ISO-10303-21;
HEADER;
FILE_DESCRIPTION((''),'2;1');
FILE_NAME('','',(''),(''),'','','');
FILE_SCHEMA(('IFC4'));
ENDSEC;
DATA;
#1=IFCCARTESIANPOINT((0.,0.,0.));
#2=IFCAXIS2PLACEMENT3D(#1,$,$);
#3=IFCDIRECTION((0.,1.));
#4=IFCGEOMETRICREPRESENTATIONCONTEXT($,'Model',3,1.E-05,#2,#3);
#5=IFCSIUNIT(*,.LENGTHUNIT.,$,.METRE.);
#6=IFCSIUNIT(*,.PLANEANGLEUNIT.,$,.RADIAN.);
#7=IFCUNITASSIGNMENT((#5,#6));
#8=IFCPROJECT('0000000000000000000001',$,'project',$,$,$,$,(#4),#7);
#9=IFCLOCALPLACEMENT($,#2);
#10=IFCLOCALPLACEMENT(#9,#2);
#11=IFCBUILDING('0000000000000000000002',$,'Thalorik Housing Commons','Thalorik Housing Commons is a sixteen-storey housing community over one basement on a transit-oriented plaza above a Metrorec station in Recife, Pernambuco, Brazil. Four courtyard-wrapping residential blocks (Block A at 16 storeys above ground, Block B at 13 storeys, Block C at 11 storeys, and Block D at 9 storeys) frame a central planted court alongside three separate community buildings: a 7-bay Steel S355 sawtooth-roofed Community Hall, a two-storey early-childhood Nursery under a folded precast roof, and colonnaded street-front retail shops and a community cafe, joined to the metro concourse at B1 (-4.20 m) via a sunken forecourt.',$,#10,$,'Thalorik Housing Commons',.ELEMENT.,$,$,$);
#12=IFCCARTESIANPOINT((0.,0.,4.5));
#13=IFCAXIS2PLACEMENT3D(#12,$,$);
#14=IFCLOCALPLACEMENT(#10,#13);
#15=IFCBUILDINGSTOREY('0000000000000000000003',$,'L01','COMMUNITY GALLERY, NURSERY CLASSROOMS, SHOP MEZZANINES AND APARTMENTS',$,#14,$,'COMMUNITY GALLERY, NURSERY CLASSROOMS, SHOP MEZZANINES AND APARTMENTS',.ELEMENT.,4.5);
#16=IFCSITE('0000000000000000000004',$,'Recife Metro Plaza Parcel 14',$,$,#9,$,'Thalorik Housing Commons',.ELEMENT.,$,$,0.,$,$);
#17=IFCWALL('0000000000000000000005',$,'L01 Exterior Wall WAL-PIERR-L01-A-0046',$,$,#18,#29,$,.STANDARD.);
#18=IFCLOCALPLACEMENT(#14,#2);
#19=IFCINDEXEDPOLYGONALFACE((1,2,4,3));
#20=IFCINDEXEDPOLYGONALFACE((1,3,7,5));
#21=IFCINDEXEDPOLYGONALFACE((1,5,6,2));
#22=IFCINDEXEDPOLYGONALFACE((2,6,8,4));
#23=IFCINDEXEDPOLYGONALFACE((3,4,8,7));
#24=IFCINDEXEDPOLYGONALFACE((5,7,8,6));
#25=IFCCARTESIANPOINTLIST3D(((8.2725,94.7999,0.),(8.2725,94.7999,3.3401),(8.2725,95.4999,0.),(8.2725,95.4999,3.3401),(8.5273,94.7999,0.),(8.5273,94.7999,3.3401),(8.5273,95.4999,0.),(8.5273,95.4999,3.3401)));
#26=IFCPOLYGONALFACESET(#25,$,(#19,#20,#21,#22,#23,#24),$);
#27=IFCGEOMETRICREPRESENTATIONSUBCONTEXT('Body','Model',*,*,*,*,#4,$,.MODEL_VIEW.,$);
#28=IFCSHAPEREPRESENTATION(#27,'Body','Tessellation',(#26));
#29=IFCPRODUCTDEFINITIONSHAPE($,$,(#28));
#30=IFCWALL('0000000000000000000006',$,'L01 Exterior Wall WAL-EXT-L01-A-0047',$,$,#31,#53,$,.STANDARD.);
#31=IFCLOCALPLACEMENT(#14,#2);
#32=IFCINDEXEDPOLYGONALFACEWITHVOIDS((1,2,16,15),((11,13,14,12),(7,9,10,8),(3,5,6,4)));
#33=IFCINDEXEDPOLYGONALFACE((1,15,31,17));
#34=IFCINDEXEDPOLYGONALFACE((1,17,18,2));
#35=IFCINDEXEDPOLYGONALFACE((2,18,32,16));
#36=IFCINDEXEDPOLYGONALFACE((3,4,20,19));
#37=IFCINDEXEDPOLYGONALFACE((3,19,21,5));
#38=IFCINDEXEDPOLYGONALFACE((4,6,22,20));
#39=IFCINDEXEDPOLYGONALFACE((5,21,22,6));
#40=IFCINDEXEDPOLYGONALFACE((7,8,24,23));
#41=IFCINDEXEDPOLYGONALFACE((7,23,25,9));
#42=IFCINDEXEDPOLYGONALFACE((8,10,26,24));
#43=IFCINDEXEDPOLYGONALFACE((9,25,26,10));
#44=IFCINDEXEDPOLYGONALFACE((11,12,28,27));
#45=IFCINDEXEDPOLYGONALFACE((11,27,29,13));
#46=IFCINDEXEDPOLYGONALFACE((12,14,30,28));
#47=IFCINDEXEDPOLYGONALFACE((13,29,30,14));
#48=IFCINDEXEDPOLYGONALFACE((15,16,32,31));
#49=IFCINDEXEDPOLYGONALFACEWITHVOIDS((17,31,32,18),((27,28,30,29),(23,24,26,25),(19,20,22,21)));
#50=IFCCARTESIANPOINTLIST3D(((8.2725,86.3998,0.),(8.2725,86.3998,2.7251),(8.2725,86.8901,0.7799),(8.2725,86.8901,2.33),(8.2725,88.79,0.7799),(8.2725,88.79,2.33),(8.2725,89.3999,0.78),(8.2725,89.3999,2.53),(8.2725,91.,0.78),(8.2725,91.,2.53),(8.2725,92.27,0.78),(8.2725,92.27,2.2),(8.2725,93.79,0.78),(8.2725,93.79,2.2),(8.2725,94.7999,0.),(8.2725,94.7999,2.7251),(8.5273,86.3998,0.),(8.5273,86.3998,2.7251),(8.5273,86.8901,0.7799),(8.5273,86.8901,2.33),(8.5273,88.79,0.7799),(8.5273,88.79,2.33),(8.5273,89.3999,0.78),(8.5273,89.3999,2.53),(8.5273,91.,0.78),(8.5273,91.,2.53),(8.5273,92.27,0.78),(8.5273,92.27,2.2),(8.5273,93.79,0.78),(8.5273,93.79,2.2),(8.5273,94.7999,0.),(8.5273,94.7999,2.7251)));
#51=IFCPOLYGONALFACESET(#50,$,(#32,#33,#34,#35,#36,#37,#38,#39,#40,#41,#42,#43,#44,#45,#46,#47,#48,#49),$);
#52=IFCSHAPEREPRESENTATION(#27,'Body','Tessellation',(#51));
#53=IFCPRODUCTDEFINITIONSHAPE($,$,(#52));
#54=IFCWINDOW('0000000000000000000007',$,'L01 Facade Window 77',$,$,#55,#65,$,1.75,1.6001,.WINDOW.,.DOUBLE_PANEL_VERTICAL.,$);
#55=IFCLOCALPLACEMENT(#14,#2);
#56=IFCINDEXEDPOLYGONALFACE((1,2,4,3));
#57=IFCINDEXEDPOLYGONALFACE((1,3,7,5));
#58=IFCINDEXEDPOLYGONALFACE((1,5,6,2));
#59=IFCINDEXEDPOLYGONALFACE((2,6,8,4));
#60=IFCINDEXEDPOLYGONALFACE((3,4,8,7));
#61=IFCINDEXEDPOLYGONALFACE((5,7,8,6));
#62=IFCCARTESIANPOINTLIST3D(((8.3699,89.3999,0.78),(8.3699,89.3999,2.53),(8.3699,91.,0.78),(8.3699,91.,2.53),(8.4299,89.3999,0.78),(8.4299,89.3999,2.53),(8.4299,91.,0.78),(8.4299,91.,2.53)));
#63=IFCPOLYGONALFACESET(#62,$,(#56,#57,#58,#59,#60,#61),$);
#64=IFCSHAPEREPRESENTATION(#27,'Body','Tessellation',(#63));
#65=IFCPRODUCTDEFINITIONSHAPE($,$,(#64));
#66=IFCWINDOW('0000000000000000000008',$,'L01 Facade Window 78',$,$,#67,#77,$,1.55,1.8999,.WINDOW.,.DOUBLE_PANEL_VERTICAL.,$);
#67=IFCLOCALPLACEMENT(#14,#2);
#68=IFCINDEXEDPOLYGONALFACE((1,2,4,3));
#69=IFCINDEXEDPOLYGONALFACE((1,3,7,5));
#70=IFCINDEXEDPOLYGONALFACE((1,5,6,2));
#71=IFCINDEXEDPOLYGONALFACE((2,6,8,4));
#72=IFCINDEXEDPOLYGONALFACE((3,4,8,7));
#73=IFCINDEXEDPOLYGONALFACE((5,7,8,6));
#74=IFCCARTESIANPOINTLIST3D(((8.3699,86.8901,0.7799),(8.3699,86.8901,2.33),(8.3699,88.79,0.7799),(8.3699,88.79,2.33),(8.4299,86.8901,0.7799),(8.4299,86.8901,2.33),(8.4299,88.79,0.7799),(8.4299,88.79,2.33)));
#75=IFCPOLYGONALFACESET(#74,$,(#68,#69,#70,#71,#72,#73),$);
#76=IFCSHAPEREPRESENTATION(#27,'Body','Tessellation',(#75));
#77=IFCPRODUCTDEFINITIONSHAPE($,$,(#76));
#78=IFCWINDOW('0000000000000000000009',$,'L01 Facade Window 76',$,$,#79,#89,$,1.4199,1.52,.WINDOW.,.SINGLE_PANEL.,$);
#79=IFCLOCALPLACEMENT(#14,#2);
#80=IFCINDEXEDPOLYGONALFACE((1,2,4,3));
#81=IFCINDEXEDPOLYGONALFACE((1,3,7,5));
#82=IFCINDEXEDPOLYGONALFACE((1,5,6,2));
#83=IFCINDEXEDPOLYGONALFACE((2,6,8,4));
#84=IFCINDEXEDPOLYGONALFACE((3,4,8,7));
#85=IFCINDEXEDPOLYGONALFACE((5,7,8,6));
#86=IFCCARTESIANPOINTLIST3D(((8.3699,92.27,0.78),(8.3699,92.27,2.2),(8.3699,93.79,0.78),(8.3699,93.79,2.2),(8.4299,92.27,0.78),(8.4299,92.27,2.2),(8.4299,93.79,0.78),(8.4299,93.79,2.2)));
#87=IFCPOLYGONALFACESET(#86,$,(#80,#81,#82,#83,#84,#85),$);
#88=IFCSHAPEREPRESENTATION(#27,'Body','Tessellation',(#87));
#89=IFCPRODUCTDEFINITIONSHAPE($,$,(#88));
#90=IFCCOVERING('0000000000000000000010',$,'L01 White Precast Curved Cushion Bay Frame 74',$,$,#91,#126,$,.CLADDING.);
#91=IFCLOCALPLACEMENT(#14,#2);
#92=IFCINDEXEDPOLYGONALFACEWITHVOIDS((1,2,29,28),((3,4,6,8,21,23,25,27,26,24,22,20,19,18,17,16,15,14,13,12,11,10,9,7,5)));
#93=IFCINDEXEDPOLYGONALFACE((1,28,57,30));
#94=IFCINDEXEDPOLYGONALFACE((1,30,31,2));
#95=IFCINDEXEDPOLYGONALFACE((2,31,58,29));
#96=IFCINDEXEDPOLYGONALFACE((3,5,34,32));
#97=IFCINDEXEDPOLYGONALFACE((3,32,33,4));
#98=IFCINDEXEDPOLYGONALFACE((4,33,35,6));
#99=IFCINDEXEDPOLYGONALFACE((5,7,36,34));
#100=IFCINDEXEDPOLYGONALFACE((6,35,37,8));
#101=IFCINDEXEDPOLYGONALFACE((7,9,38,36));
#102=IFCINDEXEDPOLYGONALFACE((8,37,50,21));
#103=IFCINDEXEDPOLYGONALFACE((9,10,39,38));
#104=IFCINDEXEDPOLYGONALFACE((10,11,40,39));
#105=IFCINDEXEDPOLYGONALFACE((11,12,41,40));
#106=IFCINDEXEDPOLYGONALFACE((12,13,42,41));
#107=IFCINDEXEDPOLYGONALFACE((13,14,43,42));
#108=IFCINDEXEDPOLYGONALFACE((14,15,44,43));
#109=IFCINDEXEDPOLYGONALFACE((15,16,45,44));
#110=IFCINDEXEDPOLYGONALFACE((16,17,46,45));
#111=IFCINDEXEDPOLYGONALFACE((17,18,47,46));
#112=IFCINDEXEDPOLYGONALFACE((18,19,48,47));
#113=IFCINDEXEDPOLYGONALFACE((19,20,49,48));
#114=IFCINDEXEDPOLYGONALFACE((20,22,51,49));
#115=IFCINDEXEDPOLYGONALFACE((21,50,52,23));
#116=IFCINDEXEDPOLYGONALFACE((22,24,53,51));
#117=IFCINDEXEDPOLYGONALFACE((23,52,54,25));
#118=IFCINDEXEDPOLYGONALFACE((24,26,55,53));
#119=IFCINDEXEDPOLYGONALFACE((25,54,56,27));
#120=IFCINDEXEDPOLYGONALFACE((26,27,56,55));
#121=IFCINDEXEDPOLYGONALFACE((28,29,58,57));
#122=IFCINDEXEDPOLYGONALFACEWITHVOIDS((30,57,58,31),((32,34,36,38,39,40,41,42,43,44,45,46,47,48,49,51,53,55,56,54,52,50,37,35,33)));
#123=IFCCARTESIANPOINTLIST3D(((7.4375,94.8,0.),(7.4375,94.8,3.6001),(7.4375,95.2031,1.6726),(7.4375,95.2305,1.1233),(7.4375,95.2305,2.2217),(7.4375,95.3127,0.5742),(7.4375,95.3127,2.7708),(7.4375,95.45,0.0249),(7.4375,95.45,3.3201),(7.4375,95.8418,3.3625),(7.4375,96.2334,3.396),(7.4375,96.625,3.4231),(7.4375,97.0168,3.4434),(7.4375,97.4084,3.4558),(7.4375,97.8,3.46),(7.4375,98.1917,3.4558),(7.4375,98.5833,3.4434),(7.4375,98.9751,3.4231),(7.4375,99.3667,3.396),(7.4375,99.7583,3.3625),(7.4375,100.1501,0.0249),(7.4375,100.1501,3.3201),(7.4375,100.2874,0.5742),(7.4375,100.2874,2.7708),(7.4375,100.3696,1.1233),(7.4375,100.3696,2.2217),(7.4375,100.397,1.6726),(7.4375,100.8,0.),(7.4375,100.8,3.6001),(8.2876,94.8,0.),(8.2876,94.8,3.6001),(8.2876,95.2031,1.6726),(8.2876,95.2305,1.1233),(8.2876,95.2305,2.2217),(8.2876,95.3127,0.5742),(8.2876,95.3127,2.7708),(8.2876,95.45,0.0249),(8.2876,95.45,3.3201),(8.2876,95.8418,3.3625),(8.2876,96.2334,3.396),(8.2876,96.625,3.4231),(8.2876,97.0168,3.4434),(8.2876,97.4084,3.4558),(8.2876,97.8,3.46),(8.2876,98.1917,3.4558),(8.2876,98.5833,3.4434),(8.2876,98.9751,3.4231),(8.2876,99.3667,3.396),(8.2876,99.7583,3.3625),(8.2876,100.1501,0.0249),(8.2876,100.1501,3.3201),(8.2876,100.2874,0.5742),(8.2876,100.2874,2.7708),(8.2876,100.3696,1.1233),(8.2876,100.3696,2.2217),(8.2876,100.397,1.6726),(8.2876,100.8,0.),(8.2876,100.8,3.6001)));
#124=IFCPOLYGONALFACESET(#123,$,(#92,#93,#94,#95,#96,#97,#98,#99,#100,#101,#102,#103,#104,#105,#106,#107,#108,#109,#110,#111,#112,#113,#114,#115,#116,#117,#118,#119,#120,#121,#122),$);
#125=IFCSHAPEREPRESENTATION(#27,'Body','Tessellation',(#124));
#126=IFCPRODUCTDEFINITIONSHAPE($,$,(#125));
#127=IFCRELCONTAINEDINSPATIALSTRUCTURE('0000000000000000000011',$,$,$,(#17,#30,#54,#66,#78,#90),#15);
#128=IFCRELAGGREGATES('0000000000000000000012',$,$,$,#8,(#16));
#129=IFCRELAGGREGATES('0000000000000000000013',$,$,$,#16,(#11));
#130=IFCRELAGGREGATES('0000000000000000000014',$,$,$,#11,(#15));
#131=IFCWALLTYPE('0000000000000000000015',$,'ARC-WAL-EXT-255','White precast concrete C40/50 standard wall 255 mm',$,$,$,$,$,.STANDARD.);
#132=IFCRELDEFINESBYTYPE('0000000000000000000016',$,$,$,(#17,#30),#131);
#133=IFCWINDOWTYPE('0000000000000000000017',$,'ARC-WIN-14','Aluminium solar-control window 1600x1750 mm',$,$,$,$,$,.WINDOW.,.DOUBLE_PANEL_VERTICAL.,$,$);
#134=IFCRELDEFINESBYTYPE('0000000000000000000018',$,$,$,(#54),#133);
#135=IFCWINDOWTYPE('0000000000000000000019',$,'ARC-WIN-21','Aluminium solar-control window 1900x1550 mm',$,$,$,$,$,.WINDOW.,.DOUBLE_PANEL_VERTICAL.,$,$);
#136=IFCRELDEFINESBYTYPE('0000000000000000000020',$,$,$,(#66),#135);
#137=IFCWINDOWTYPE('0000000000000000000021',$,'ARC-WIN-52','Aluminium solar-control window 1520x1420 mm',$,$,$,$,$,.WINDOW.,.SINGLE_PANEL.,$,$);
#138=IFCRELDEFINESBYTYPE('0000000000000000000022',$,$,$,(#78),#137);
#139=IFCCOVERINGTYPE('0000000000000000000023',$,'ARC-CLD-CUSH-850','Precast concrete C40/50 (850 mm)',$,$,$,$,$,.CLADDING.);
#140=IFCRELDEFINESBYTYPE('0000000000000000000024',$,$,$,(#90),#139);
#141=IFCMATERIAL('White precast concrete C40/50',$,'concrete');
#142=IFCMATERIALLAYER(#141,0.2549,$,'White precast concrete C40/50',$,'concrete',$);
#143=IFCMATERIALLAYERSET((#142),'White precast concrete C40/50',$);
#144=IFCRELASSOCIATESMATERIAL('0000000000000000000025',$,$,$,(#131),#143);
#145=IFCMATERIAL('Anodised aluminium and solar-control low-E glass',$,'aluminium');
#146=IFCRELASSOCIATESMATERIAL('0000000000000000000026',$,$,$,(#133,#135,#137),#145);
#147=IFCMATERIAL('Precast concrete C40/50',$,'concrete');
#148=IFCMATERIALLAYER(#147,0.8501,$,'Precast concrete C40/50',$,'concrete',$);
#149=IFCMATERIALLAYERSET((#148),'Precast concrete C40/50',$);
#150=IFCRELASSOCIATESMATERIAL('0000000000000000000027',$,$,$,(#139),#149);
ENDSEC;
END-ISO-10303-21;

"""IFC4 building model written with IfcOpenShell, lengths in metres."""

from ifc_helpers import new_model, si_unit, direction, frame, frame_2d, origin, place, context, subcontext, project, spatial, polyline, rectangle, outline, extrude, material, layer, layer_set, type_object, element, fill, save


model = new_model("IFC4")

# Units and contexts
model_context = context("Model", 3, precision=1e-05, world=origin(), true_north=direction((0.0, 1.0)))
body_context = subcontext(model_context, "Body", "Model", "MODEL_VIEW")
ifc_project = project(units=[si_unit("LENGTHUNIT", "METRE"), si_unit("PLANEANGLEUNIT", "RADIAN")], contexts=[model_context])

# Site, building, storey
site_placement = place(None, origin())
site = spatial("IfcSite", under=ifc_project, at=site_placement, Name="Recife Metro Plaza Parcel 14", LongName="Thalorik Housing Commons", CompositionType="ELEMENT", RefElevation=0.0)
building_placement = place(site_placement, origin())
building = spatial("IfcBuilding", under=site, at=building_placement, Name="Thalorik Housing Commons", Description="Thalorik Housing Commons is a sixteen-storey housing community over one basement on a transit-oriented plaza above a Metrorec station in Recife, Pernambuco, Brazil. Four courtyard-wrapping residential blocks (Block A at 16 storeys above ground, Block B at 13 storeys, Block C at 11 storeys, and Block D at 9 storeys) frame a central planted court alongside three separate community buildings: a 7-bay Steel S355 sawtooth-roofed Community Hall, a two-storey early-childhood Nursery under a folded precast roof, and colonnaded street-front retail shops and a community cafe, joined to the metro concourse at B1 (-4.20 m) via a sunken forecourt.", LongName="Thalorik Housing Commons", CompositionType="ELEMENT")
storey_placement = place(building_placement, frame((0.0, 0.0, 4.5)))
storey = spatial("IfcBuildingStorey", under=building, at=storey_placement, Name="L01", Description="COMMUNITY GALLERY, NURSERY CLASSROOMS, SHOP MEZZANINES AND APARTMENTS", LongName="COMMUNITY GALLERY, NURSERY CLASSROOMS, SHOP MEZZANINES AND APARTMENTS", CompositionType="ELEMENT", Elevation=4.5)

# Shared definitions
ifc_material_1 = material(Name="Precast concrete C40/50", Category="concrete")

# Shared definitions
ifc_material_2 = material(Name="Anodised aluminium and solar-control low-E glass", Category="aluminium")

# Wall
ifc_material_3 = material(Name="White precast concrete C40/50", Category="concrete")
ifc_layer_1 = layer(ifc_material_3, 0.2549, Name="White precast concrete C40/50", Category="concrete")
ifc_layer_set_1 = layer_set([ifc_layer_1], Name="White precast concrete C40/50")
wall_type = type_object("IfcWallType", Name="ARC-WAL-EXT-255", Description="White precast concrete C40/50 standard wall 255 mm", PredefinedType="STANDARD", material=ifc_layer_set_1)
wall_1_placement = place(storey_placement, frame((8.3999, 95.5, 0.0), z_axis=(0.0, 0.0, 1.0), x_axis=(0.0, -1.0, 0.0)))
element("IfcWall", 1, at=wall_1_placement, inside=storey, type_object=wall_type, Name="L01 Exterior Wall WAL-PIERR-L01-A-0046", PredefinedType="STANDARD", context=body_context, shape_type="SweptSolid", body=[
    extrude(rectangle(XDim=0.7, YDim=0.2549, at=frame_2d((0.3501, 0.0))), origin(), (0.0, 0.0, 1.0), 3.3401),
])

# Wall, openings, windows
wall_2_placement = place(storey_placement, frame((8.3999, 94.8, 0.0), z_axis=(0.0, 0.0, 1.0), x_axis=(0.0, -1.0, 0.0)))
wall_2 = element("IfcWall", 2, at=wall_2_placement, inside=storey, type_object=wall_type, Name="L01 Exterior Wall WAL-EXT-L01-A-0047", PredefinedType="STANDARD", context=body_context, shape_type="SweptSolid", body=[
    extrude(rectangle(XDim=8.4001, YDim=0.2549, at=frame_2d((4.2002, 0.0))), origin(), (0.0, 0.0, 1.0), 2.7251),
])
opening_1_placement = place(wall_2_placement, frame((1.01, 0.0, 0.78)))
opening_1 = element("IfcOpeningElement", 3, at=opening_1_placement, cuts=wall_2, PredefinedType="OPENING", context=body_context, shape_type="SweptSolid", body=[
    extrude(rectangle(XDim=1.52, YDim=1.4199, at=frame_2d((0.76, 0.71))), frame((0.0, 0.1375, 0.0), z_axis=(0.0, -1.0, 0.0), x_axis=(1.0, 0.0, 0.0)), (0.0, 0.0, 1.0), 0.2749),
])
opening_2_placement = place(wall_2_placement, frame((3.8, 0.0, 0.78)))
opening_2 = element("IfcOpeningElement", 4, at=opening_2_placement, cuts=wall_2, PredefinedType="OPENING", context=body_context, shape_type="SweptSolid", body=[
    extrude(rectangle(XDim=1.6001, YDim=1.75, at=frame_2d((0.8, 0.875))), frame((0.0, 0.1375, 0.0), z_axis=(0.0, -1.0, 0.0), x_axis=(1.0, 0.0, 0.0)), (0.0, 0.0, 1.0), 0.2749),
])
opening_3_placement = place(wall_2_placement, frame((6.01, 0.0, 0.78)))
opening_3 = element("IfcOpeningElement", 5, at=opening_3_placement, cuts=wall_2, PredefinedType="OPENING", context=body_context, shape_type="SweptSolid", body=[
    extrude(rectangle(XDim=1.8999, YDim=1.55, at=frame_2d((0.95, 0.7749))), frame((0.0, 0.1375, 0.0), z_axis=(0.0, -1.0, 0.0), x_axis=(1.0, 0.0, 0.0)), (0.0, 0.0, 1.0), 0.2749),
])
window_type_1 = type_object("IfcWindowType", Name="ARC-WIN-14", Description="Aluminium solar-control window 1600x1750 mm", PartitioningType="DOUBLE_PANEL_VERTICAL", PredefinedType="WINDOW", material=ifc_material_2)
window_1_placement = place(opening_2_placement, origin())
window_1 = element("IfcWindow", 6, at=window_1_placement, inside=storey, type_object=window_type_1, Name="L01 Facade Window 77", OverallHeight=1.75, OverallWidth=1.6001, PartitioningType="DOUBLE_PANEL_VERTICAL", PredefinedType="WINDOW", context=body_context, shape_type="SweptSolid", body=[
    extrude(rectangle(XDim=1.6001, YDim=1.75, at=frame_2d((0.8, 0.875))), frame((0.0, 0.03, 0.0), z_axis=(0.0, -1.0, 0.0), x_axis=(1.0, 0.0, 0.0)), (0.0, 0.0, 1.0), 0.0601),
])
fill(opening_2, window_1)
window_type_2 = type_object("IfcWindowType", Name="ARC-WIN-21", Description="Aluminium solar-control window 1900x1550 mm", PartitioningType="DOUBLE_PANEL_VERTICAL", PredefinedType="WINDOW", material=ifc_material_2)
window_2_placement = place(opening_3_placement, origin())
window_2 = element("IfcWindow", 7, at=window_2_placement, inside=storey, type_object=window_type_2, Name="L01 Facade Window 78", OverallHeight=1.55, OverallWidth=1.8999, PartitioningType="DOUBLE_PANEL_VERTICAL", PredefinedType="WINDOW", context=body_context, shape_type="SweptSolid", body=[
    extrude(rectangle(XDim=1.8999, YDim=1.55, at=frame_2d((0.95, 0.7749))), frame((0.0, 0.03, 0.0), z_axis=(0.0, -1.0, 0.0), x_axis=(1.0, 0.0, 0.0)), (0.0, 0.0, 1.0), 0.0601),
])
fill(opening_3, window_2)
window_type_3 = type_object("IfcWindowType", Name="ARC-WIN-52", Description="Aluminium solar-control window 1520x1420 mm", PartitioningType="SINGLE_PANEL", PredefinedType="WINDOW", material=ifc_material_2)
window_3_placement = place(opening_1_placement, origin())
window_3 = element("IfcWindow", 8, at=window_3_placement, inside=storey, type_object=window_type_3, Name="L01 Facade Window 76", OverallHeight=1.4199, OverallWidth=1.52, PartitioningType="SINGLE_PANEL", PredefinedType="WINDOW", context=body_context, shape_type="SweptSolid", body=[
    extrude(rectangle(XDim=1.52, YDim=1.4199, at=frame_2d((0.76, 0.71))), frame((0.0, 0.03, 0.0), z_axis=(0.0, -1.0, 0.0), x_axis=(1.0, 0.0, 0.0)), (0.0, 0.0, 1.0), 0.0601),
])
fill(opening_1, window_3)

# Covering
ifc_layer_2 = layer(ifc_material_1, 0.8501, Name="Precast concrete C40/50", Category="concrete")
ifc_layer_set_2 = layer_set([ifc_layer_2], Name="Precast concrete C40/50")
covering_type = type_object("IfcCoveringType", Name="ARC-CLD-CUSH-850", Description="Precast concrete C40/50 (850 mm)", PredefinedType="CLADDING", material=ifc_layer_set_2)
covering_placement = place(storey_placement, frame((7.8625, 97.8, 0.0), z_axis=(0.0, 0.0, 1.0), x_axis=(0.0, -1.0, 0.0)))
element("IfcCovering", 9, at=covering_placement, inside=storey, type_object=covering_type, Name="L01 White Precast Curved Cushion Bay Frame 74", PredefinedType="CLADDING", context=body_context, shape_type="SweptSolid", body=[
    extrude(outline(polyline([(-3.0, 0.0), (3.0, 0.0), (3.0, 3.6001), (-3.0, 3.6001), (-3.0, 0.0)]), holes=[polyline([(2.3501, 0.0249), (2.4873, 0.5742), (2.5696, 1.1233), (2.5969, 1.6726), (2.5696, 2.2217), (2.4873, 2.7708), (2.3501, 3.3201), (1.9583, 3.3625), (1.5667, 3.396), (1.175, 3.4231), (0.7832, 3.4434), (0.3916, 3.4558), (0.0, 3.46), (-0.3916, 3.4558), (-0.7832, 3.4434), (-1.175, 3.4231), (-1.5667, 3.396), (-1.9583, 3.3625), (-2.3501, 3.3201), (-2.4873, 2.7708), (-2.5696, 2.2217), (-2.5969, 1.6726), (-2.5696, 1.1233), (-2.4873, 0.5742), (-2.3501, 0.0249), (2.3501, 0.0249)])]), frame((0.0, 0.425, 0.0), z_axis=(0.0, -1.0, 0.0), x_axis=(1.0, 0.0, 0.0)), (0.0, 0.0, 1.0), 0.8501),
])

save(model, "model.ifc")
